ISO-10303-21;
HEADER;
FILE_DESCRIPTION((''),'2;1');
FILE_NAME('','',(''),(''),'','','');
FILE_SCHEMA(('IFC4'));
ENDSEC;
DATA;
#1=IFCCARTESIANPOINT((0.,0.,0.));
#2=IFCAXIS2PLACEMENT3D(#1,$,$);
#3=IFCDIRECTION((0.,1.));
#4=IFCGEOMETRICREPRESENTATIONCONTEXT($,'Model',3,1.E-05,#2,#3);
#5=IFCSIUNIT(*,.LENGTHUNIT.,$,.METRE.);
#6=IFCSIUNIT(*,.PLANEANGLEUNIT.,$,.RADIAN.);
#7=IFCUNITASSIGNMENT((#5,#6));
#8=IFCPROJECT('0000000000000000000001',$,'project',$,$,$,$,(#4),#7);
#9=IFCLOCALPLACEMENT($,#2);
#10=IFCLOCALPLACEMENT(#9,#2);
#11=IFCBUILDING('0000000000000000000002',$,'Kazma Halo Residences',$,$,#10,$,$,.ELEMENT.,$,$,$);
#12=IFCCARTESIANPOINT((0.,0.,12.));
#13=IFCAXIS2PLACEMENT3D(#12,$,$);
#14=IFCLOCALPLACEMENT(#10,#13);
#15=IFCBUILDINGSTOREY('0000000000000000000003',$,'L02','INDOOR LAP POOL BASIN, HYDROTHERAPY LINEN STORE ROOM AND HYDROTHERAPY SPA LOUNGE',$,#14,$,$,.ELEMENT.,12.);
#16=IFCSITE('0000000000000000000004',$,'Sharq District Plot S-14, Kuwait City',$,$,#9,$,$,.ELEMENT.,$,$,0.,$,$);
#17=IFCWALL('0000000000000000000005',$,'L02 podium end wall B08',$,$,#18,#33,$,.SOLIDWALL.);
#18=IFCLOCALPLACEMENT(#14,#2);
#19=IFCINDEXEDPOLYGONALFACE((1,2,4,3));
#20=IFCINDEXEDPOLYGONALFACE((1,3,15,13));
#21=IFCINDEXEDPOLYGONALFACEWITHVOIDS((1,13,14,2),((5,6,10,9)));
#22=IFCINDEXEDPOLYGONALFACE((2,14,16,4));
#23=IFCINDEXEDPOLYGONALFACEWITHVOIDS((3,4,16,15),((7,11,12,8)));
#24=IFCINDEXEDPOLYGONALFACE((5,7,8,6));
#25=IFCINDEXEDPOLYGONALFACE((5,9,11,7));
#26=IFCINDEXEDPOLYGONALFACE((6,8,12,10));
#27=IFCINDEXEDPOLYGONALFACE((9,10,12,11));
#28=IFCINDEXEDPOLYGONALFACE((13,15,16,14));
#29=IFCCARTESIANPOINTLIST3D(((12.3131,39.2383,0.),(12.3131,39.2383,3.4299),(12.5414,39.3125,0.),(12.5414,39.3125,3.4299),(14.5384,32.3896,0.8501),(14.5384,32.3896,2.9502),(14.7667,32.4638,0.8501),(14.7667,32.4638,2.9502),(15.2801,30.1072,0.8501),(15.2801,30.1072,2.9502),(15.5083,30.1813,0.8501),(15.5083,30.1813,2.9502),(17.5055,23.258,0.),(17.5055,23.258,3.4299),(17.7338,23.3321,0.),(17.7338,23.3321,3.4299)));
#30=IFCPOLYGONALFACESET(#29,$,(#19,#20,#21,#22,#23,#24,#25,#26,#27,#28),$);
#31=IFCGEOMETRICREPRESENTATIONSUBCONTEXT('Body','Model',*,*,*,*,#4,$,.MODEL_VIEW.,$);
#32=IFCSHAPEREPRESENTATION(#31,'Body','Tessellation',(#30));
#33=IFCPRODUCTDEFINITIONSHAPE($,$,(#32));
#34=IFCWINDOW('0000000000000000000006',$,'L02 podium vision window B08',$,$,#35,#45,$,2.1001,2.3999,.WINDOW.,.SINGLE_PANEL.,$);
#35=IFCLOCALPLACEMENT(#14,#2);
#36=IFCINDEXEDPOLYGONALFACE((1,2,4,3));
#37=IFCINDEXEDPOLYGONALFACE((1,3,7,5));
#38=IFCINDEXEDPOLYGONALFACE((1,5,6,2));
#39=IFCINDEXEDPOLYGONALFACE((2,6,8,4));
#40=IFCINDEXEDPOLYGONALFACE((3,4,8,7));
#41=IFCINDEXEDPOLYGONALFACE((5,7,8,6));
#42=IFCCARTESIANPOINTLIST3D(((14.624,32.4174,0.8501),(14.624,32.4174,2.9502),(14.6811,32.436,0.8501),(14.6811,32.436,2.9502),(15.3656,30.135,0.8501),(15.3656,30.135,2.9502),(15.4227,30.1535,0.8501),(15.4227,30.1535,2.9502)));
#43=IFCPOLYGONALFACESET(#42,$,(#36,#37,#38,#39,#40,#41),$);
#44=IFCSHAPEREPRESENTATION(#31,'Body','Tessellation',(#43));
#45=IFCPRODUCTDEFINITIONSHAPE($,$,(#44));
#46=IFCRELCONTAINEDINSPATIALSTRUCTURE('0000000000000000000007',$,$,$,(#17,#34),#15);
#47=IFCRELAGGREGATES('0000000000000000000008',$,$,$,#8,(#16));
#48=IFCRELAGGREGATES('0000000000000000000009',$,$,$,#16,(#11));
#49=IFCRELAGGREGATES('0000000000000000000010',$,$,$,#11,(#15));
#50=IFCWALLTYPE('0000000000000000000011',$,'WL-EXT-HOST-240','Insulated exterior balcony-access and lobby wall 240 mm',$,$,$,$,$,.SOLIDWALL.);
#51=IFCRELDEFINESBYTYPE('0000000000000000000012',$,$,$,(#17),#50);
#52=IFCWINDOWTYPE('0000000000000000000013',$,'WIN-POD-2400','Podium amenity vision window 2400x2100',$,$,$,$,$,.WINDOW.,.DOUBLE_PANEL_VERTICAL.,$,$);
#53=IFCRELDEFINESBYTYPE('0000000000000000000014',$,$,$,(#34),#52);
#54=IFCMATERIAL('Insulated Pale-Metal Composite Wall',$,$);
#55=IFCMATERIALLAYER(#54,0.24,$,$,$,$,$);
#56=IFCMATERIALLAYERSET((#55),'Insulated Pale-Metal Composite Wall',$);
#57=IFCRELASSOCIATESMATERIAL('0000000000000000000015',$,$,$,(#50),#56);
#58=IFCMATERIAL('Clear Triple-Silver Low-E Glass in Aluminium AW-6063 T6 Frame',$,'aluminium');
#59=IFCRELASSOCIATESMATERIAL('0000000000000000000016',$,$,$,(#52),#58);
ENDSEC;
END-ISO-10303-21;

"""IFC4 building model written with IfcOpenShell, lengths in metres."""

from ifc_helpers import new_model, si_unit, direction, frame, frame_2d, origin, place, context, subcontext, project, spatial, rectangle, extrude, material, layer, layer_set, type_object, element, fill, save


model = new_model("IFC4")

# Units and contexts
model_context = context("Model", 3, precision=1e-05, world=origin(), true_north=direction((0.0, 1.0)))
body_context = subcontext(model_context, "Body", "Model", "MODEL_VIEW")
ifc_project = project(units=[si_unit("LENGTHUNIT", "METRE"), si_unit("PLANEANGLEUNIT", "RADIAN")], contexts=[model_context])

# Site, building, storey
site_placement = place(None, origin())
site = spatial("IfcSite", under=ifc_project, at=site_placement, Name="Sharq District Plot S-14, Kuwait City", CompositionType="ELEMENT", RefElevation=0.0)
building_placement = place(site_placement, origin())
building = spatial("IfcBuilding", under=site, at=building_placement, Name="Kazma Halo Residences", CompositionType="ELEMENT")
storey_placement = place(building_placement, frame((0.0, 0.0, 12.0)))
storey = spatial("IfcBuildingStorey", under=building, at=storey_placement, Name="L02", Description="INDOOR LAP POOL BASIN, HYDROTHERAPY LINEN STORE ROOM AND HYDROTHERAPY SPA LOUNGE", CompositionType="ELEMENT", Elevation=12.0)

# Wall, opening, window
ifc_material_1 = material(Name="Insulated Pale-Metal Composite Wall")
ifc_layer_1 = layer(ifc_material_1, 0.24)
ifc_layer_set_1 = layer_set([ifc_layer_1], Name="Insulated Pale-Metal Composite Wall")
wall_type_1 = type_object("IfcWallType", Name="WL-EXT-HOST-240", Description="Insulated exterior balcony-access and lobby wall 240 mm", PredefinedType="SOLIDWALL", material=ifc_layer_set_1)
wall_1_placement = place(storey_placement, frame((12.4272, 39.2754, 0.0), z_axis=(0.0, 0.0, 1.0), x_axis=(0.309022, -0.951055, 0.0)))
wall_1 = element("IfcWall", 1, at=wall_1_placement, inside=storey, type_object=wall_type_1, Name="L02 podium end wall B08", PredefinedType="SOLIDWALL", context=body_context, shape_type="SweptSolid", body=[
    extrude(rectangle(XDim=16.8027, YDim=0.24, at=frame_2d((8.4014, 0.0))), origin(), (0.0, 0.0, 1.0), 3.4299),
])
opening_1_placement = place(wall_1_placement, frame((7.2012, 0.0, 0.8501)))
opening_1 = element("IfcOpeningElement", 2, at=opening_1_placement, cuts=wall_1, PredefinedType="OPENING", context=body_context, shape_type="SweptSolid", body=[
    extrude(rectangle(XDim=2.3999, YDim=2.1001, at=frame_2d((1.2, 1.05))), frame((0.0, 0.1299, 0.0), z_axis=(0.0, -1.0, 0.0), x_axis=(1.0, 0.0, 0.0)), (0.0, 0.0, 1.0), 0.26),
])
ifc_material_2 = material(Name="Clear Triple-Silver Low-E Glass in Aluminium AW-6063 T6 Frame", Category="aluminium")
window_type = type_object("IfcWindowType", Name="WIN-POD-2400", Description="Podium amenity vision window 2400x2100", PartitioningType="DOUBLE_PANEL_VERTICAL", PredefinedType="WINDOW", material=ifc_material_2)
window_placement = place(opening_1_placement, origin())
window = element("IfcWindow", 3, at=window_placement, inside=storey, type_object=window_type, Name="L02 podium vision window B08", OverallHeight=2.1001, OverallWidth=2.3999, PartitioningType="SINGLE_PANEL", PredefinedType="WINDOW", context=body_context, shape_type="SweptSolid", body=[
    extrude(rectangle(XDim=2.3999, YDim=2.1001, at=frame_2d((1.2, 1.05))), frame((0.0, 0.03, 0.0), z_axis=(0.0, -1.0, 0.0), x_axis=(1.0, 0.0, 0.0)), (0.0, 0.0, 1.0), 0.0601),
])
fill(opening_1, window)

save(model, "model.ifc")
